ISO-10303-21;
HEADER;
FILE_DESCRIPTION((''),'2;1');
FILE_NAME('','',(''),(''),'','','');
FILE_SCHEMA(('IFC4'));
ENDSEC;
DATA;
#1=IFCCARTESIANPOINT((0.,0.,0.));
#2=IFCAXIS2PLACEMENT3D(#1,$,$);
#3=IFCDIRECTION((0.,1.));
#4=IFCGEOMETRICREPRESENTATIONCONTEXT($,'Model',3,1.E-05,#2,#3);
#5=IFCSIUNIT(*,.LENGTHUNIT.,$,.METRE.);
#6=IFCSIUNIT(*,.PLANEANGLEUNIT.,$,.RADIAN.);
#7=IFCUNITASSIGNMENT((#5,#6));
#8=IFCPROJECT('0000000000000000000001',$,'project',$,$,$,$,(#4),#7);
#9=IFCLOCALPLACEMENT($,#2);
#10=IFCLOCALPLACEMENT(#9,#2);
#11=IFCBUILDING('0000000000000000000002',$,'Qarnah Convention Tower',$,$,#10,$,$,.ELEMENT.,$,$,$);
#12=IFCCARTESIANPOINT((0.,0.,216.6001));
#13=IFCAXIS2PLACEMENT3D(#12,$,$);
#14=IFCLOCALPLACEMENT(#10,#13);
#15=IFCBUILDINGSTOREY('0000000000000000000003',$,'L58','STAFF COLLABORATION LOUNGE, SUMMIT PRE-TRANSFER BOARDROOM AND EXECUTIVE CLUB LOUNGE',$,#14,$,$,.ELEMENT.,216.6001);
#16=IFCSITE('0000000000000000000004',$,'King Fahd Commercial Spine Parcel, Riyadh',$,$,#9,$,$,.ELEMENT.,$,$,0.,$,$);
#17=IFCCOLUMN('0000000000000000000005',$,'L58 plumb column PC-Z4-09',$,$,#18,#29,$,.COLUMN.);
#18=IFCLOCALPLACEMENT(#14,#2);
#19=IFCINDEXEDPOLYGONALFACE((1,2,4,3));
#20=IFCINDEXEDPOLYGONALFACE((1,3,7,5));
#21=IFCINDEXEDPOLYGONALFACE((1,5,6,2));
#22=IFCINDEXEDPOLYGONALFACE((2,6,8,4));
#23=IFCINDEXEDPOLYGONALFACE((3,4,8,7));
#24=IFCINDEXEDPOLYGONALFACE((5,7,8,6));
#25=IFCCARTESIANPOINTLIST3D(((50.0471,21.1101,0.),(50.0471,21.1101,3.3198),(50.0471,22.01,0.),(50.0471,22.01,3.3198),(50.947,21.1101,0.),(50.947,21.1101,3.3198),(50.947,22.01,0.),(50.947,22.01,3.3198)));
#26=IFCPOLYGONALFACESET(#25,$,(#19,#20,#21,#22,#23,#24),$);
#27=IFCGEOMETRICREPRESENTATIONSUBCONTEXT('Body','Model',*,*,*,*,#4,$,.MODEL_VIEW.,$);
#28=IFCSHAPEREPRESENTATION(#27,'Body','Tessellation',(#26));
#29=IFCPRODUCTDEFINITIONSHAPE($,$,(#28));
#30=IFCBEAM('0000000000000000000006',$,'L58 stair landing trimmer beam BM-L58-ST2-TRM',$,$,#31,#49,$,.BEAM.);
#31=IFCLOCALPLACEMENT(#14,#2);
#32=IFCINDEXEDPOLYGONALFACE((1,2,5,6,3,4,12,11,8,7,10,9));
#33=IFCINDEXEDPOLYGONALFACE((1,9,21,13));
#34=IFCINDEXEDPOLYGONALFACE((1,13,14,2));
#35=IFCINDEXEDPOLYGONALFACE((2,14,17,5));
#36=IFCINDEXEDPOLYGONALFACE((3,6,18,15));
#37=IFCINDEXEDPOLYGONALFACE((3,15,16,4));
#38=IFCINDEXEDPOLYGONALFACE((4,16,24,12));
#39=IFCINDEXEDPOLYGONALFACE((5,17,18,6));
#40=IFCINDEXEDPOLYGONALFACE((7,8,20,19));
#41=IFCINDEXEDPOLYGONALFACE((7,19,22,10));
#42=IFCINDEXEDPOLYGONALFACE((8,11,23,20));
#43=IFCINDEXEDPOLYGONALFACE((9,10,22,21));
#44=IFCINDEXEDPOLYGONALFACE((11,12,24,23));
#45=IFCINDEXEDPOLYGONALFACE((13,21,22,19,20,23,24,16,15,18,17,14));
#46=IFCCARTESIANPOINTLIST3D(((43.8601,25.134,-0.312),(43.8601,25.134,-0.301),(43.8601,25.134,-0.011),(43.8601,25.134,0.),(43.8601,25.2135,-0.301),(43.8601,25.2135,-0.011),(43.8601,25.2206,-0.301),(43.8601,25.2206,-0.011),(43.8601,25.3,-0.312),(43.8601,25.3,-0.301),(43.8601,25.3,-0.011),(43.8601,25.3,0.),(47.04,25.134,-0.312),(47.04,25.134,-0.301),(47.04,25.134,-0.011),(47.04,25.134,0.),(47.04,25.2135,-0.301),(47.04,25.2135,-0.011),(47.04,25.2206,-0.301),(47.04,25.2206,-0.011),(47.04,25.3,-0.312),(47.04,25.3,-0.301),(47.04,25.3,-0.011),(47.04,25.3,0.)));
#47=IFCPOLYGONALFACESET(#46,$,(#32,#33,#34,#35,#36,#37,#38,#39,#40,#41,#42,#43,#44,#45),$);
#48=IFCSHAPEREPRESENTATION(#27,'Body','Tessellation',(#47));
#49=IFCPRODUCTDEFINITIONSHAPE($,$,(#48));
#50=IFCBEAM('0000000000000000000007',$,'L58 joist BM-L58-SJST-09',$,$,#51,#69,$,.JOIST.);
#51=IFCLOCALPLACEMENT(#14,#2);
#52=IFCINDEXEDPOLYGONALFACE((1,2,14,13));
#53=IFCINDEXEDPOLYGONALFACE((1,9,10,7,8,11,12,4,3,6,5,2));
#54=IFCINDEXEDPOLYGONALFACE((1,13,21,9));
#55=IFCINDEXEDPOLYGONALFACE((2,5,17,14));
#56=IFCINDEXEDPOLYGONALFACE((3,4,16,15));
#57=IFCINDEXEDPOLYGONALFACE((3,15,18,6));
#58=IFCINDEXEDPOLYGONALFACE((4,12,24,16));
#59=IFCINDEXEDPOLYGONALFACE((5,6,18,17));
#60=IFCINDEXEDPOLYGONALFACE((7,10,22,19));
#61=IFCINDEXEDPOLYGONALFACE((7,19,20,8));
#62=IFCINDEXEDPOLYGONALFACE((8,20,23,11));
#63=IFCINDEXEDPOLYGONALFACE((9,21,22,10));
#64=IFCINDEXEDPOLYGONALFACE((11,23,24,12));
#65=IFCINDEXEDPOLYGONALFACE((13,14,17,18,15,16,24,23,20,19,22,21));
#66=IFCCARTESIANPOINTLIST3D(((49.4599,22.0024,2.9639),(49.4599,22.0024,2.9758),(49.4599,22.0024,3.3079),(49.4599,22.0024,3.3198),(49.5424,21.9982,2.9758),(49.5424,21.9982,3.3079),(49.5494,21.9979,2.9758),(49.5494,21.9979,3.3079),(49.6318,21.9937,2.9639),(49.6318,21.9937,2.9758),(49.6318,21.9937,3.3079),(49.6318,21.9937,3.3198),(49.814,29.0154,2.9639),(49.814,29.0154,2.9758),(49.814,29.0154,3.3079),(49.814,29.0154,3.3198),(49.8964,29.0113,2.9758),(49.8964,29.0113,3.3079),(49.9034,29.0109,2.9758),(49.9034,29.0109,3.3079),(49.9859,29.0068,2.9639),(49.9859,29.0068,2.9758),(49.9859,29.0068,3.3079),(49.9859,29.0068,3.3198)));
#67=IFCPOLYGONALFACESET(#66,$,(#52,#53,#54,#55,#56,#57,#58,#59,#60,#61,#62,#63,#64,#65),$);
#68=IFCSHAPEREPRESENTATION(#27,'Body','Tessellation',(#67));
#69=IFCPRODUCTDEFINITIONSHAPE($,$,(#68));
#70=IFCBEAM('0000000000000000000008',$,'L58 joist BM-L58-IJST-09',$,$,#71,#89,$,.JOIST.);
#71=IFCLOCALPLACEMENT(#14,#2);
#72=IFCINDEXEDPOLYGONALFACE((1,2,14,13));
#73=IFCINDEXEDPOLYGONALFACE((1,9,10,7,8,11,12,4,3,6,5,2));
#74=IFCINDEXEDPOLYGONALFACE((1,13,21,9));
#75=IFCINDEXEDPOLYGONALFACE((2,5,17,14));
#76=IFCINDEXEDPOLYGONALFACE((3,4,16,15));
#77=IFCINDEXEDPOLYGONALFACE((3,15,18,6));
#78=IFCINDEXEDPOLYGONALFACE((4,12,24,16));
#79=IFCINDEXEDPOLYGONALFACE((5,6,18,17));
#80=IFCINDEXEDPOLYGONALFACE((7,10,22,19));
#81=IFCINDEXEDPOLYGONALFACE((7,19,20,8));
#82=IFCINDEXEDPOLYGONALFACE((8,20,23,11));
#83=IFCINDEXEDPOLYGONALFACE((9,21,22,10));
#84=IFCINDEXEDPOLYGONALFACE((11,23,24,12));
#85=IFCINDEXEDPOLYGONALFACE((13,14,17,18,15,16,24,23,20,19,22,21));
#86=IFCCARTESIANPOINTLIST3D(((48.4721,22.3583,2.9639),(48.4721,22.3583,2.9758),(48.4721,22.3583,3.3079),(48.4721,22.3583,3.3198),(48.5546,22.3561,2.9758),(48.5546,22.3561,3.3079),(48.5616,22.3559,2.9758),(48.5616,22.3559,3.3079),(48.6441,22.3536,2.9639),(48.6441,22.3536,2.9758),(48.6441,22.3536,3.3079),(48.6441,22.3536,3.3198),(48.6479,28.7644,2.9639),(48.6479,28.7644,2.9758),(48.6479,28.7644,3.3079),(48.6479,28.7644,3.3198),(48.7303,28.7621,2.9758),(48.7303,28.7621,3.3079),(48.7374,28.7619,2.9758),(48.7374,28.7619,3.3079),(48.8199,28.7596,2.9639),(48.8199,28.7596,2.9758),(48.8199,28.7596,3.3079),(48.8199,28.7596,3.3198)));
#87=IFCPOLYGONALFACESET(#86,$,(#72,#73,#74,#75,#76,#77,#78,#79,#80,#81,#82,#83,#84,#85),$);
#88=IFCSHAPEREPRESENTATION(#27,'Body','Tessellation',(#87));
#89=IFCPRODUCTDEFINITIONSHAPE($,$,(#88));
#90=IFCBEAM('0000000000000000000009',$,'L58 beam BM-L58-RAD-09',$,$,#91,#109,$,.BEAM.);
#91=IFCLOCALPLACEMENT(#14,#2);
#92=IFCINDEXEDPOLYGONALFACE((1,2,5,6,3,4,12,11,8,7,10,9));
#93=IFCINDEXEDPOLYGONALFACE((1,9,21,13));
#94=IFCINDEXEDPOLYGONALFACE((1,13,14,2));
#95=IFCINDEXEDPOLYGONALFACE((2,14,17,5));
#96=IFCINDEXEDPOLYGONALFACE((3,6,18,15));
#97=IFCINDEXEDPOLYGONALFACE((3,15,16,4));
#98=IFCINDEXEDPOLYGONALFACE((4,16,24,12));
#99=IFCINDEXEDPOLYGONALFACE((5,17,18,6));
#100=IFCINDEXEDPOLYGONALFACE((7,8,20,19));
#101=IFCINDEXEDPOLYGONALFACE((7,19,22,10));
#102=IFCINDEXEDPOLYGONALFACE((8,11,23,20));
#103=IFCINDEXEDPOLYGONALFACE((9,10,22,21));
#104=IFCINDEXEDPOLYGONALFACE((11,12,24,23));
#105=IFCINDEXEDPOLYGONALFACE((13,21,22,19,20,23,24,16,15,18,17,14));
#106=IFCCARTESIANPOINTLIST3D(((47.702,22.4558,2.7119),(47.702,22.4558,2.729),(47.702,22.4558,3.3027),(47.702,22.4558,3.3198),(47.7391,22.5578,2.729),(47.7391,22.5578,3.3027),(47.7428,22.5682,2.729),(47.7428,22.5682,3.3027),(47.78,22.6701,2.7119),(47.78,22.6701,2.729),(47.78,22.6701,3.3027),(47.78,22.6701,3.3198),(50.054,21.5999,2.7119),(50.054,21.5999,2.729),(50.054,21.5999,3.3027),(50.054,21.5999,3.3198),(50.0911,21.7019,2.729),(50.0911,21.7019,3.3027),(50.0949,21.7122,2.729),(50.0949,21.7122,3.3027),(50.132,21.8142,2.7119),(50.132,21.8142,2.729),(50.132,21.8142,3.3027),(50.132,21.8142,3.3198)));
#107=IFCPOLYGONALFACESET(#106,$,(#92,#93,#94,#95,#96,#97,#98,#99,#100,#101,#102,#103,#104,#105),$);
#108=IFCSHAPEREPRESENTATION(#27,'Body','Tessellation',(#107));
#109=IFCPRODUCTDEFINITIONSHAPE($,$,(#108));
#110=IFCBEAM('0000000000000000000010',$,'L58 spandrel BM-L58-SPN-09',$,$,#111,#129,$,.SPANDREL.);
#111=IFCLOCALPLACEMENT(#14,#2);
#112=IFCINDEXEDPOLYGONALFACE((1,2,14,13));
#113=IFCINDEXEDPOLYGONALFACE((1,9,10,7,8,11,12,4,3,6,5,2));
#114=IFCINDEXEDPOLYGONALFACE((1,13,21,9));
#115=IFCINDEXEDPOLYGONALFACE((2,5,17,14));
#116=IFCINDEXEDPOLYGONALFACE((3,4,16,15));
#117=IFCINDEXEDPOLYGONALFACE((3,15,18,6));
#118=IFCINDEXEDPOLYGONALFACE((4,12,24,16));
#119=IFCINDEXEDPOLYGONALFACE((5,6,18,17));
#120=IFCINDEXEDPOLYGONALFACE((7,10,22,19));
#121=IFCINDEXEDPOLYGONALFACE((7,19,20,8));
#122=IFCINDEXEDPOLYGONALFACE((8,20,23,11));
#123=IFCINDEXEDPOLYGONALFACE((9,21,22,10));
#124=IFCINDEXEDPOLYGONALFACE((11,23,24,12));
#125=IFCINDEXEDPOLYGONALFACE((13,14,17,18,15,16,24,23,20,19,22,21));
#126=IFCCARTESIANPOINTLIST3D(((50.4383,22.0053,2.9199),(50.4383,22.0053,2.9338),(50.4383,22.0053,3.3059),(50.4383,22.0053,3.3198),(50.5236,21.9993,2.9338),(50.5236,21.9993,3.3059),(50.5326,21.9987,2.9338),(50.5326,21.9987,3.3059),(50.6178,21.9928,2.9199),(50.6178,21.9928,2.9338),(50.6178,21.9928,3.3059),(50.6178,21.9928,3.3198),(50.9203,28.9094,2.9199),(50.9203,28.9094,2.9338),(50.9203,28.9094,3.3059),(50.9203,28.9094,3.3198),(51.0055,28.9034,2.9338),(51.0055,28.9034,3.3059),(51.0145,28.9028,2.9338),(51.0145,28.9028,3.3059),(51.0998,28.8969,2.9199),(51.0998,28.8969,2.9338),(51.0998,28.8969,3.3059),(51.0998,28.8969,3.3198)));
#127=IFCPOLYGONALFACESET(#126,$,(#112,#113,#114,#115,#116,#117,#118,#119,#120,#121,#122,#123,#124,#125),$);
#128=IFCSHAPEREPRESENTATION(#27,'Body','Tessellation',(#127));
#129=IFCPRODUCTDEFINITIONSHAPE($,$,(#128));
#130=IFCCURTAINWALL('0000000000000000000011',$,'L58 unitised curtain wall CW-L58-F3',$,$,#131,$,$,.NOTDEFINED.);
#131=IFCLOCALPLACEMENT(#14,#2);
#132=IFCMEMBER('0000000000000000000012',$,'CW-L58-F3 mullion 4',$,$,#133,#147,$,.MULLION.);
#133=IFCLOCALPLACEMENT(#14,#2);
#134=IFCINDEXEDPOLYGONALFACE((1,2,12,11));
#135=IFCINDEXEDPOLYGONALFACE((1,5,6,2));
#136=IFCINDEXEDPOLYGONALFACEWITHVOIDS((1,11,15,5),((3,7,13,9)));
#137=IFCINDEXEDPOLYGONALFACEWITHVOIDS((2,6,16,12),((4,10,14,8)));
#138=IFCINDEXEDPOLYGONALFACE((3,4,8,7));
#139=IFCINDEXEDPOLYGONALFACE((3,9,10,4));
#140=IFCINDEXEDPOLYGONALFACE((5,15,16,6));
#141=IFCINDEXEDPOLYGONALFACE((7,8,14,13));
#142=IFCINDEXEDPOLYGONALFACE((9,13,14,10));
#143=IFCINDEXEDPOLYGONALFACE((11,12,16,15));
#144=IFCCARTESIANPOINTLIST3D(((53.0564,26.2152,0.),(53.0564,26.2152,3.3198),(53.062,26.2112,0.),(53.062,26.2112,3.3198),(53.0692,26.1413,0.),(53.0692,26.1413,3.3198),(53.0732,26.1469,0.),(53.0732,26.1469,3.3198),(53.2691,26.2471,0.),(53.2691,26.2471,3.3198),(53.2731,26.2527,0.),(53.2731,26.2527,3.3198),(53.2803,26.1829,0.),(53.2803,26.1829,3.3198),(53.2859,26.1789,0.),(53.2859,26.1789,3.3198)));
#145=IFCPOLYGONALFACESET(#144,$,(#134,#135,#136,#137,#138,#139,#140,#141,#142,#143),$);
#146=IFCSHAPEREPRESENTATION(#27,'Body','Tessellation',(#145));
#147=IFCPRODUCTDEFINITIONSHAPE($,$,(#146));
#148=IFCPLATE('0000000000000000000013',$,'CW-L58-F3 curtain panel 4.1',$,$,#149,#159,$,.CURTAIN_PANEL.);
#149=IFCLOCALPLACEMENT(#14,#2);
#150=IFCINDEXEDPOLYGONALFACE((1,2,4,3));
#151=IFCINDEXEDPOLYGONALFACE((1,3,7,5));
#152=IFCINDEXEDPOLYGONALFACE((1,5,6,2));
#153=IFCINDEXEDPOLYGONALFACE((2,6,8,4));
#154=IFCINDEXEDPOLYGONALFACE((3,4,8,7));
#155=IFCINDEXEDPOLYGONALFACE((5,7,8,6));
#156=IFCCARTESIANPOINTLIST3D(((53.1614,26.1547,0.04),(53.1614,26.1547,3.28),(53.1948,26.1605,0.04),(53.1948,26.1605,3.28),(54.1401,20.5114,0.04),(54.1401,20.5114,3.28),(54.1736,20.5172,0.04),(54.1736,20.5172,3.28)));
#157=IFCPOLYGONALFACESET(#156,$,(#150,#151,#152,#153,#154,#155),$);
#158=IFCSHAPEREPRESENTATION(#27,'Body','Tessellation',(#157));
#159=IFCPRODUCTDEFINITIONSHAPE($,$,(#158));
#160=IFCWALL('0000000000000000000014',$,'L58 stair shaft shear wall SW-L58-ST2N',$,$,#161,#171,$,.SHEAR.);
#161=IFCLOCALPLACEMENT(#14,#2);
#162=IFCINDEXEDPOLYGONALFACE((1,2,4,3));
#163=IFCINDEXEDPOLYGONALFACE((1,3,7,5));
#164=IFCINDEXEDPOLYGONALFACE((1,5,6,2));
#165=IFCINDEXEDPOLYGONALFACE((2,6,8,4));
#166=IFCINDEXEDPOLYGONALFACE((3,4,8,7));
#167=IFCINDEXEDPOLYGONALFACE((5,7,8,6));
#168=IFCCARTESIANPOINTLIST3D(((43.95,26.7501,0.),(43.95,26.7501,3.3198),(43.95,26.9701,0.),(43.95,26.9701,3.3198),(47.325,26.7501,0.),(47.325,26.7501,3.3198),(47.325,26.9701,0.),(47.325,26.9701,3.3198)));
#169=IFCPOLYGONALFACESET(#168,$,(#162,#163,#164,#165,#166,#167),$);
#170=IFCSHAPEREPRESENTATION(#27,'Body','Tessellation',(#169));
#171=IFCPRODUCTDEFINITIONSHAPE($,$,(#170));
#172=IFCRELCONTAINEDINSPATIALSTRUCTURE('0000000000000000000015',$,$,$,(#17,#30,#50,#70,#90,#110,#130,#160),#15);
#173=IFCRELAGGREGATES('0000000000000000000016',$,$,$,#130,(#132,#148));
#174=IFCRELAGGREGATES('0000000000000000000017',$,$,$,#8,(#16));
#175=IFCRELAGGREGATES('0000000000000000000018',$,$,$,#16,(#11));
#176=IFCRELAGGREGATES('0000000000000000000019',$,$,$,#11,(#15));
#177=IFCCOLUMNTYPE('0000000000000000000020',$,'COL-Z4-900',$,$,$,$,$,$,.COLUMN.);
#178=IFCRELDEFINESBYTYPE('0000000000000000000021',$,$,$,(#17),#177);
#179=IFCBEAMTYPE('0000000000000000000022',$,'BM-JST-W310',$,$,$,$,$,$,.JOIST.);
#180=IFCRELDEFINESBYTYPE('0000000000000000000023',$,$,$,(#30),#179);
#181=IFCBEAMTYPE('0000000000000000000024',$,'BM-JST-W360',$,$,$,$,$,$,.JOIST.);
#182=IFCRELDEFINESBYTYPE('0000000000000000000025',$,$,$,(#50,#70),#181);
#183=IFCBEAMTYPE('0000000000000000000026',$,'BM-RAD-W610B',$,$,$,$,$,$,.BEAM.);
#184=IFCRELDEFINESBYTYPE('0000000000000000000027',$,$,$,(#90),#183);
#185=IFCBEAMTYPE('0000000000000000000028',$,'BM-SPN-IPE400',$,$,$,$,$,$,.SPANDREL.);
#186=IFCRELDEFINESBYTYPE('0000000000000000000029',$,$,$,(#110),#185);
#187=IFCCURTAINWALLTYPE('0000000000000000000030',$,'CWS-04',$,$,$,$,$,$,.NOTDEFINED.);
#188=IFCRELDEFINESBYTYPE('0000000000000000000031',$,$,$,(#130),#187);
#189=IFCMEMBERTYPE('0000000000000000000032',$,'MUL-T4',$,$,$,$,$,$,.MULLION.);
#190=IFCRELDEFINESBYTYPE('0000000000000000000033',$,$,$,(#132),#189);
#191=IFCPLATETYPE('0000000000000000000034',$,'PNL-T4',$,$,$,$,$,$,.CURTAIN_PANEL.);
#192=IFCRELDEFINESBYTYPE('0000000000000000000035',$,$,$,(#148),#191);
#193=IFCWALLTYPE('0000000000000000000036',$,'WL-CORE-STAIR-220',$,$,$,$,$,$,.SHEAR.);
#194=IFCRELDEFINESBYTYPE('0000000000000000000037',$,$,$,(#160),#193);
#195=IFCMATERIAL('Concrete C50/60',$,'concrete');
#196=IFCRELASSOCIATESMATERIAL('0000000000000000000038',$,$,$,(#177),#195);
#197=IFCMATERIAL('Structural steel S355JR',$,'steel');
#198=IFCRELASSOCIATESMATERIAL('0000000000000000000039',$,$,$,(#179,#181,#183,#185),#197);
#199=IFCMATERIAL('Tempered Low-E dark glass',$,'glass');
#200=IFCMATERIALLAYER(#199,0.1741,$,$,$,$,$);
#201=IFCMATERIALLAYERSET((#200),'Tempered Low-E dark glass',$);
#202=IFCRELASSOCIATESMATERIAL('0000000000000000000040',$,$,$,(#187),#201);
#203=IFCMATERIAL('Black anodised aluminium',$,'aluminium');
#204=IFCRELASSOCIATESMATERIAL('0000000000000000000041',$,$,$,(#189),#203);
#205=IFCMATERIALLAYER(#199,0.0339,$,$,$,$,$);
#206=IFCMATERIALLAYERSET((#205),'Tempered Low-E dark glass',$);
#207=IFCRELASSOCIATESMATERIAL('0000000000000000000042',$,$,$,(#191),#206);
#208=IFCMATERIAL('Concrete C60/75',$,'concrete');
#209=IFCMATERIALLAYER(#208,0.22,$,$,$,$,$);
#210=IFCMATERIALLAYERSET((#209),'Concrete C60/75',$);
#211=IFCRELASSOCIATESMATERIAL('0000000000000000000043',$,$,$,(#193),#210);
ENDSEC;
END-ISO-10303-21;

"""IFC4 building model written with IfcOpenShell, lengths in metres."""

from ifc_helpers import new_model, si_unit, direction, frame, frame_2d, origin, origin_2d, place, context, subcontext, project, spatial, rectangle, hollow_rectangle, i_section, extrude, material, layer, layer_set, material_profile, profile_set, type_object, element, aggregate, save


model = new_model("IFC4")

# Units and contexts
model_context = context("Model", 3, precision=1e-05, world=origin(), true_north=direction((0.0, 1.0)))
body_context = subcontext(model_context, "Body", "Model", "MODEL_VIEW")
ifc_project = project(units=[si_unit("LENGTHUNIT", "METRE"), si_unit("PLANEANGLEUNIT", "RADIAN")], contexts=[model_context])

# Site, building, storey
site_placement = place(None, origin())
site = spatial("IfcSite", under=ifc_project, at=site_placement, Name="King Fahd Commercial Spine Parcel, Riyadh", CompositionType="ELEMENT", RefElevation=0.0)
building_placement = place(site_placement, origin())
building = spatial("IfcBuilding", under=site, at=building_placement, Name="Qarnah Convention Tower", CompositionType="ELEMENT")
storey_placement = place(building_placement, frame((0.0, 0.0, 216.6001)))
storey = spatial("IfcBuildingStorey", under=building, at=storey_placement, Name="L58", Description="STAFF COLLABORATION LOUNGE, SUMMIT PRE-TRANSFER BOARDROOM AND EXECUTIVE CLUB LOUNGE", CompositionType="ELEMENT", Elevation=216.6001)

# Column
ifc_material_1 = material(Name="Concrete C50/60", Category="concrete")
ifc_material_profile_1 = material_profile(ifc_material_1, rectangle(XDim=0.8999, YDim=0.8999, at=origin_2d()), Name="RC-COL-900X900")
ifc_profile_set_1 = profile_set([ifc_material_profile_1], Name="Concrete C50/60")
column_type = type_object("IfcColumnType", Name="COL-Z4-900", PredefinedType="COLUMN", material=ifc_profile_set_1)
column_placement = place(storey_placement, frame((50.4971, 21.5601, 0.0), z_axis=(0.0, 0.0, 1.0), x_axis=(1.0, 0.0, 0.0)))
element("IfcColumn", 1, at=column_placement, inside=storey, type_object=column_type, Name="L58 plumb column PC-Z4-09", PredefinedType="COLUMN", context=body_context, shape_type="SweptSolid", body=[
    extrude(rectangle(XDim=0.8999, YDim=0.8999, at=origin_2d()), origin(), (0.0, 0.0, 1.0), 3.3198),
])

# Beams
ifc_material_2 = material(Name="Structural steel S355JR", Category="steel")
ifc_material_profile_2 = material_profile(ifc_material_2, i_section(OverallWidth=0.166, OverallDepth=0.312, WebThickness=0.0071, FlangeThickness=0.011, at=origin_2d()), Name="W310X45")
ifc_profile_set_2 = profile_set([ifc_material_profile_2], Name="Structural steel S355JR")
beam_type_1 = type_object("IfcBeamType", Name="BM-JST-W310", PredefinedType="JOIST", material=ifc_profile_set_2)
beam_1_placement = place(storey_placement, frame((43.8601, 25.217, -0.156), z_axis=(1.0, 0.0, 0.0), x_axis=(0.0, 1.0, 0.0)))
element("IfcBeam", 2, at=beam_1_placement, inside=storey, type_object=beam_type_1, Name="L58 stair landing trimmer beam BM-L58-ST2-TRM", PredefinedType="BEAM", context=body_context, shape_type="SweptSolid", body=[
    extrude(i_section(OverallWidth=0.166, OverallDepth=0.312, WebThickness=0.0071, FlangeThickness=0.011, at=origin_2d()), origin(), (0.0, 0.0, 1.0), 3.1799),
])
ifc_material_profile_3 = material_profile(ifc_material_2, i_section(OverallWidth=0.1721, OverallDepth=0.356, WebThickness=0.0071, FlangeThickness=0.012, at=origin_2d()), Name="W360X51")
ifc_profile_set_3 = profile_set([ifc_material_profile_3], Name="Structural steel S355JR")
beam_type_2 = type_object("IfcBeamType", Name="BM-JST-W360", PredefinedType="JOIST", material=ifc_profile_set_3)
beam_2_placement = place(storey_placement, frame((49.5459, 21.998, 3.1418), z_axis=(0.050414, 0.998728, 0.0), x_axis=(-0.998728, 0.050414, 0.0)))
element("IfcBeam", 3, at=beam_2_placement, inside=storey, type_object=beam_type_2, Name="L58 joist BM-L58-SJST-09", PredefinedType="JOIST", context=body_context, shape_type="SweptSolid", body=[
    extrude(i_section(OverallWidth=0.1721, OverallDepth=0.356, WebThickness=0.0071, FlangeThickness=0.012, at=origin_2d()), origin(), (0.0, 0.0, 1.0), 7.022),
])
beam_3_placement = place(storey_placement, frame((48.5581, 22.356, 3.1418), z_axis=(0.02743, 0.999624, 0.0), x_axis=(-0.999624, 0.02743, 0.0)))
element("IfcBeam", 4, at=beam_3_placement, inside=storey, type_object=beam_type_2, Name="L58 joist BM-L58-IJST-09", PredefinedType="JOIST", context=body_context, shape_type="SweptSolid", body=[
    extrude(i_section(OverallWidth=0.1721, OverallDepth=0.356, WebThickness=0.0071, FlangeThickness=0.012, at=origin_2d()), origin(), (0.0, 0.0, 1.0), 6.4084),
])
ifc_material_profile_4 = material_profile(ifc_material_2, i_section(OverallWidth=0.228, OverallDepth=0.6079, WebThickness=0.011, FlangeThickness=0.0171, at=origin_2d()), Name="W610X113")
ifc_profile_set_4 = profile_set([ifc_material_profile_4], Name="Structural steel S355JR")
beam_type_3 = type_object("IfcBeamType", Name="BM-RAD-W610B", PredefinedType="BEAM", material=ifc_profile_set_4)
beam_4_placement = place(storey_placement, frame((47.741, 22.563, 3.0159), z_axis=(0.939708, -0.341978, 0.0), x_axis=(0.341978, 0.939708, 0.0)))
element("IfcBeam", 5, at=beam_4_placement, inside=storey, type_object=beam_type_3, Name="L58 beam BM-L58-RAD-09", PredefinedType="BEAM", context=body_context, shape_type="SweptSolid", body=[
    extrude(i_section(OverallWidth=0.228, OverallDepth=0.6079, WebThickness=0.011, FlangeThickness=0.0171, at=origin_2d()), origin(), (0.0, 0.0, 1.0), 2.5029),
])
ifc_material_profile_5 = material_profile(ifc_material_2, i_section(OverallWidth=0.1799, OverallDepth=0.3999, WebThickness=0.009, FlangeThickness=0.0139, at=origin_2d()), Name="IPE400")
ifc_profile_set_5 = profile_set([ifc_material_profile_5], Name="Structural steel S355JR")
beam_type_4 = type_object("IfcBeamType", Name="BM-SPN-IPE400", PredefinedType="SPANDREL", material=ifc_profile_set_5)
beam_5_placement = place(storey_placement, frame((50.5281, 21.999, 3.1199), z_axis=(0.069635, 0.997573, 0.0), x_axis=(-0.997573, 0.069635, 0.0)))
element("IfcBeam", 6, at=beam_5_placement, inside=storey, type_object=beam_type_4, Name="L58 spandrel BM-L58-SPN-09", PredefinedType="SPANDREL", context=body_context, shape_type="SweptSolid", body=[
    extrude(i_section(OverallWidth=0.1799, OverallDepth=0.3999, WebThickness=0.009, FlangeThickness=0.0139, at=origin_2d()), origin(), (0.0, 0.0, 1.0), 6.9209),
])

# Curtain wall, member, plate
ifc_material_3 = material(Name="Tempered Low-E dark glass", Category="glass")
ifc_layer_1 = layer(ifc_material_3, 0.1741)
ifc_layer_set_1 = layer_set([ifc_layer_1], Name="Tempered Low-E dark glass")
curtain_wall_type = type_object("IfcCurtainWallType", Name="CWS-04", PredefinedType="NOTDEFINED", material=ifc_layer_set_1)
curtain_wall_placement = place(storey_placement, origin())
curtain_wall = element("IfcCurtainWall", 7, at=curtain_wall_placement, inside=storey, type_object=curtain_wall_type, Name="L58 unitised curtain wall CW-L58-F3", PredefinedType="NOTDEFINED")
ifc_material_4 = material(Name="Black anodised aluminium", Category="aluminium")
ifc_material_profile_6 = material_profile(ifc_material_4, hollow_rectangle(XDim=0.075, YDim=0.22, WallThickness=0.0049, at=origin_2d()), Name="MUL-75X220")
ifc_profile_set_6 = profile_set([ifc_material_profile_6], Name="Black anodised aluminium")
member_type = type_object("IfcMemberType", Name="MUL-T4", PredefinedType="MULLION", material=ifc_profile_set_6)
member_placement = place(storey_placement, frame((53.1711, 26.197, 0.0), z_axis=(0.0, 0.0, 1.0), x_axis=(0.170885, -0.985291, 0.0)))
member = element("IfcMember", 8, at=member_placement, type_object=member_type, Name="CW-L58-F3 mullion 4", PredefinedType="MULLION", context=body_context, shape_type="SweptSolid", body=[
    extrude(hollow_rectangle(XDim=0.075, YDim=0.22, WallThickness=0.0049, at=origin_2d()), origin(), (0.0, 0.0, 1.0), 3.3198),
])
ifc_layer_2 = layer(ifc_material_3, 0.0339)
ifc_layer_set_2 = layer_set([ifc_layer_2], Name="Tempered Low-E dark glass")
plate_type = type_object("IfcPlateType", Name="PNL-T4", PredefinedType="CURTAIN_PANEL", material=ifc_layer_set_2)
plate_placement = place(storey_placement, frame((53.6675, 23.3359, 0.04), z_axis=(0.0, 0.0, 1.0), x_axis=(0.170885, -0.985291, 0.0)))
plate = element("IfcPlate", 9, at=plate_placement, type_object=plate_type, Name="CW-L58-F3 curtain panel 4.1", PredefinedType="CURTAIN_PANEL", context=body_context, shape_type="SweptSolid", body=[
    extrude(rectangle(XDim=5.7275, YDim=0.0339, at=origin_2d()), origin(), (0.0, 0.0, 1.0), 3.24),
])
aggregate(curtain_wall, [member, plate])

# Wall
ifc_material_5 = material(Name="Concrete C60/75", Category="concrete")
ifc_layer_3 = layer(ifc_material_5, 0.22)
ifc_layer_set_3 = layer_set([ifc_layer_3], Name="Concrete C60/75")
wall_type_1 = type_object("IfcWallType", Name="WL-CORE-STAIR-220", PredefinedType="SHEAR", material=ifc_layer_set_3)
wall_1_placement = place(storey_placement, frame((43.95, 26.8601, 0.0), z_axis=(0.0, 0.0, 1.0), x_axis=(1.0, 0.0, 0.0)))
element("IfcWall", 10, at=wall_1_placement, inside=storey, type_object=wall_type_1, Name="L58 stair shaft shear wall SW-L58-ST2N", PredefinedType="SHEAR", context=body_context, shape_type="SweptSolid", body=[
    extrude(rectangle(XDim=3.375, YDim=0.22, at=frame_2d((1.6875, 0.0))), origin(), (0.0, 0.0, 1.0), 3.3198),
])

save(model, "model.ifc")
